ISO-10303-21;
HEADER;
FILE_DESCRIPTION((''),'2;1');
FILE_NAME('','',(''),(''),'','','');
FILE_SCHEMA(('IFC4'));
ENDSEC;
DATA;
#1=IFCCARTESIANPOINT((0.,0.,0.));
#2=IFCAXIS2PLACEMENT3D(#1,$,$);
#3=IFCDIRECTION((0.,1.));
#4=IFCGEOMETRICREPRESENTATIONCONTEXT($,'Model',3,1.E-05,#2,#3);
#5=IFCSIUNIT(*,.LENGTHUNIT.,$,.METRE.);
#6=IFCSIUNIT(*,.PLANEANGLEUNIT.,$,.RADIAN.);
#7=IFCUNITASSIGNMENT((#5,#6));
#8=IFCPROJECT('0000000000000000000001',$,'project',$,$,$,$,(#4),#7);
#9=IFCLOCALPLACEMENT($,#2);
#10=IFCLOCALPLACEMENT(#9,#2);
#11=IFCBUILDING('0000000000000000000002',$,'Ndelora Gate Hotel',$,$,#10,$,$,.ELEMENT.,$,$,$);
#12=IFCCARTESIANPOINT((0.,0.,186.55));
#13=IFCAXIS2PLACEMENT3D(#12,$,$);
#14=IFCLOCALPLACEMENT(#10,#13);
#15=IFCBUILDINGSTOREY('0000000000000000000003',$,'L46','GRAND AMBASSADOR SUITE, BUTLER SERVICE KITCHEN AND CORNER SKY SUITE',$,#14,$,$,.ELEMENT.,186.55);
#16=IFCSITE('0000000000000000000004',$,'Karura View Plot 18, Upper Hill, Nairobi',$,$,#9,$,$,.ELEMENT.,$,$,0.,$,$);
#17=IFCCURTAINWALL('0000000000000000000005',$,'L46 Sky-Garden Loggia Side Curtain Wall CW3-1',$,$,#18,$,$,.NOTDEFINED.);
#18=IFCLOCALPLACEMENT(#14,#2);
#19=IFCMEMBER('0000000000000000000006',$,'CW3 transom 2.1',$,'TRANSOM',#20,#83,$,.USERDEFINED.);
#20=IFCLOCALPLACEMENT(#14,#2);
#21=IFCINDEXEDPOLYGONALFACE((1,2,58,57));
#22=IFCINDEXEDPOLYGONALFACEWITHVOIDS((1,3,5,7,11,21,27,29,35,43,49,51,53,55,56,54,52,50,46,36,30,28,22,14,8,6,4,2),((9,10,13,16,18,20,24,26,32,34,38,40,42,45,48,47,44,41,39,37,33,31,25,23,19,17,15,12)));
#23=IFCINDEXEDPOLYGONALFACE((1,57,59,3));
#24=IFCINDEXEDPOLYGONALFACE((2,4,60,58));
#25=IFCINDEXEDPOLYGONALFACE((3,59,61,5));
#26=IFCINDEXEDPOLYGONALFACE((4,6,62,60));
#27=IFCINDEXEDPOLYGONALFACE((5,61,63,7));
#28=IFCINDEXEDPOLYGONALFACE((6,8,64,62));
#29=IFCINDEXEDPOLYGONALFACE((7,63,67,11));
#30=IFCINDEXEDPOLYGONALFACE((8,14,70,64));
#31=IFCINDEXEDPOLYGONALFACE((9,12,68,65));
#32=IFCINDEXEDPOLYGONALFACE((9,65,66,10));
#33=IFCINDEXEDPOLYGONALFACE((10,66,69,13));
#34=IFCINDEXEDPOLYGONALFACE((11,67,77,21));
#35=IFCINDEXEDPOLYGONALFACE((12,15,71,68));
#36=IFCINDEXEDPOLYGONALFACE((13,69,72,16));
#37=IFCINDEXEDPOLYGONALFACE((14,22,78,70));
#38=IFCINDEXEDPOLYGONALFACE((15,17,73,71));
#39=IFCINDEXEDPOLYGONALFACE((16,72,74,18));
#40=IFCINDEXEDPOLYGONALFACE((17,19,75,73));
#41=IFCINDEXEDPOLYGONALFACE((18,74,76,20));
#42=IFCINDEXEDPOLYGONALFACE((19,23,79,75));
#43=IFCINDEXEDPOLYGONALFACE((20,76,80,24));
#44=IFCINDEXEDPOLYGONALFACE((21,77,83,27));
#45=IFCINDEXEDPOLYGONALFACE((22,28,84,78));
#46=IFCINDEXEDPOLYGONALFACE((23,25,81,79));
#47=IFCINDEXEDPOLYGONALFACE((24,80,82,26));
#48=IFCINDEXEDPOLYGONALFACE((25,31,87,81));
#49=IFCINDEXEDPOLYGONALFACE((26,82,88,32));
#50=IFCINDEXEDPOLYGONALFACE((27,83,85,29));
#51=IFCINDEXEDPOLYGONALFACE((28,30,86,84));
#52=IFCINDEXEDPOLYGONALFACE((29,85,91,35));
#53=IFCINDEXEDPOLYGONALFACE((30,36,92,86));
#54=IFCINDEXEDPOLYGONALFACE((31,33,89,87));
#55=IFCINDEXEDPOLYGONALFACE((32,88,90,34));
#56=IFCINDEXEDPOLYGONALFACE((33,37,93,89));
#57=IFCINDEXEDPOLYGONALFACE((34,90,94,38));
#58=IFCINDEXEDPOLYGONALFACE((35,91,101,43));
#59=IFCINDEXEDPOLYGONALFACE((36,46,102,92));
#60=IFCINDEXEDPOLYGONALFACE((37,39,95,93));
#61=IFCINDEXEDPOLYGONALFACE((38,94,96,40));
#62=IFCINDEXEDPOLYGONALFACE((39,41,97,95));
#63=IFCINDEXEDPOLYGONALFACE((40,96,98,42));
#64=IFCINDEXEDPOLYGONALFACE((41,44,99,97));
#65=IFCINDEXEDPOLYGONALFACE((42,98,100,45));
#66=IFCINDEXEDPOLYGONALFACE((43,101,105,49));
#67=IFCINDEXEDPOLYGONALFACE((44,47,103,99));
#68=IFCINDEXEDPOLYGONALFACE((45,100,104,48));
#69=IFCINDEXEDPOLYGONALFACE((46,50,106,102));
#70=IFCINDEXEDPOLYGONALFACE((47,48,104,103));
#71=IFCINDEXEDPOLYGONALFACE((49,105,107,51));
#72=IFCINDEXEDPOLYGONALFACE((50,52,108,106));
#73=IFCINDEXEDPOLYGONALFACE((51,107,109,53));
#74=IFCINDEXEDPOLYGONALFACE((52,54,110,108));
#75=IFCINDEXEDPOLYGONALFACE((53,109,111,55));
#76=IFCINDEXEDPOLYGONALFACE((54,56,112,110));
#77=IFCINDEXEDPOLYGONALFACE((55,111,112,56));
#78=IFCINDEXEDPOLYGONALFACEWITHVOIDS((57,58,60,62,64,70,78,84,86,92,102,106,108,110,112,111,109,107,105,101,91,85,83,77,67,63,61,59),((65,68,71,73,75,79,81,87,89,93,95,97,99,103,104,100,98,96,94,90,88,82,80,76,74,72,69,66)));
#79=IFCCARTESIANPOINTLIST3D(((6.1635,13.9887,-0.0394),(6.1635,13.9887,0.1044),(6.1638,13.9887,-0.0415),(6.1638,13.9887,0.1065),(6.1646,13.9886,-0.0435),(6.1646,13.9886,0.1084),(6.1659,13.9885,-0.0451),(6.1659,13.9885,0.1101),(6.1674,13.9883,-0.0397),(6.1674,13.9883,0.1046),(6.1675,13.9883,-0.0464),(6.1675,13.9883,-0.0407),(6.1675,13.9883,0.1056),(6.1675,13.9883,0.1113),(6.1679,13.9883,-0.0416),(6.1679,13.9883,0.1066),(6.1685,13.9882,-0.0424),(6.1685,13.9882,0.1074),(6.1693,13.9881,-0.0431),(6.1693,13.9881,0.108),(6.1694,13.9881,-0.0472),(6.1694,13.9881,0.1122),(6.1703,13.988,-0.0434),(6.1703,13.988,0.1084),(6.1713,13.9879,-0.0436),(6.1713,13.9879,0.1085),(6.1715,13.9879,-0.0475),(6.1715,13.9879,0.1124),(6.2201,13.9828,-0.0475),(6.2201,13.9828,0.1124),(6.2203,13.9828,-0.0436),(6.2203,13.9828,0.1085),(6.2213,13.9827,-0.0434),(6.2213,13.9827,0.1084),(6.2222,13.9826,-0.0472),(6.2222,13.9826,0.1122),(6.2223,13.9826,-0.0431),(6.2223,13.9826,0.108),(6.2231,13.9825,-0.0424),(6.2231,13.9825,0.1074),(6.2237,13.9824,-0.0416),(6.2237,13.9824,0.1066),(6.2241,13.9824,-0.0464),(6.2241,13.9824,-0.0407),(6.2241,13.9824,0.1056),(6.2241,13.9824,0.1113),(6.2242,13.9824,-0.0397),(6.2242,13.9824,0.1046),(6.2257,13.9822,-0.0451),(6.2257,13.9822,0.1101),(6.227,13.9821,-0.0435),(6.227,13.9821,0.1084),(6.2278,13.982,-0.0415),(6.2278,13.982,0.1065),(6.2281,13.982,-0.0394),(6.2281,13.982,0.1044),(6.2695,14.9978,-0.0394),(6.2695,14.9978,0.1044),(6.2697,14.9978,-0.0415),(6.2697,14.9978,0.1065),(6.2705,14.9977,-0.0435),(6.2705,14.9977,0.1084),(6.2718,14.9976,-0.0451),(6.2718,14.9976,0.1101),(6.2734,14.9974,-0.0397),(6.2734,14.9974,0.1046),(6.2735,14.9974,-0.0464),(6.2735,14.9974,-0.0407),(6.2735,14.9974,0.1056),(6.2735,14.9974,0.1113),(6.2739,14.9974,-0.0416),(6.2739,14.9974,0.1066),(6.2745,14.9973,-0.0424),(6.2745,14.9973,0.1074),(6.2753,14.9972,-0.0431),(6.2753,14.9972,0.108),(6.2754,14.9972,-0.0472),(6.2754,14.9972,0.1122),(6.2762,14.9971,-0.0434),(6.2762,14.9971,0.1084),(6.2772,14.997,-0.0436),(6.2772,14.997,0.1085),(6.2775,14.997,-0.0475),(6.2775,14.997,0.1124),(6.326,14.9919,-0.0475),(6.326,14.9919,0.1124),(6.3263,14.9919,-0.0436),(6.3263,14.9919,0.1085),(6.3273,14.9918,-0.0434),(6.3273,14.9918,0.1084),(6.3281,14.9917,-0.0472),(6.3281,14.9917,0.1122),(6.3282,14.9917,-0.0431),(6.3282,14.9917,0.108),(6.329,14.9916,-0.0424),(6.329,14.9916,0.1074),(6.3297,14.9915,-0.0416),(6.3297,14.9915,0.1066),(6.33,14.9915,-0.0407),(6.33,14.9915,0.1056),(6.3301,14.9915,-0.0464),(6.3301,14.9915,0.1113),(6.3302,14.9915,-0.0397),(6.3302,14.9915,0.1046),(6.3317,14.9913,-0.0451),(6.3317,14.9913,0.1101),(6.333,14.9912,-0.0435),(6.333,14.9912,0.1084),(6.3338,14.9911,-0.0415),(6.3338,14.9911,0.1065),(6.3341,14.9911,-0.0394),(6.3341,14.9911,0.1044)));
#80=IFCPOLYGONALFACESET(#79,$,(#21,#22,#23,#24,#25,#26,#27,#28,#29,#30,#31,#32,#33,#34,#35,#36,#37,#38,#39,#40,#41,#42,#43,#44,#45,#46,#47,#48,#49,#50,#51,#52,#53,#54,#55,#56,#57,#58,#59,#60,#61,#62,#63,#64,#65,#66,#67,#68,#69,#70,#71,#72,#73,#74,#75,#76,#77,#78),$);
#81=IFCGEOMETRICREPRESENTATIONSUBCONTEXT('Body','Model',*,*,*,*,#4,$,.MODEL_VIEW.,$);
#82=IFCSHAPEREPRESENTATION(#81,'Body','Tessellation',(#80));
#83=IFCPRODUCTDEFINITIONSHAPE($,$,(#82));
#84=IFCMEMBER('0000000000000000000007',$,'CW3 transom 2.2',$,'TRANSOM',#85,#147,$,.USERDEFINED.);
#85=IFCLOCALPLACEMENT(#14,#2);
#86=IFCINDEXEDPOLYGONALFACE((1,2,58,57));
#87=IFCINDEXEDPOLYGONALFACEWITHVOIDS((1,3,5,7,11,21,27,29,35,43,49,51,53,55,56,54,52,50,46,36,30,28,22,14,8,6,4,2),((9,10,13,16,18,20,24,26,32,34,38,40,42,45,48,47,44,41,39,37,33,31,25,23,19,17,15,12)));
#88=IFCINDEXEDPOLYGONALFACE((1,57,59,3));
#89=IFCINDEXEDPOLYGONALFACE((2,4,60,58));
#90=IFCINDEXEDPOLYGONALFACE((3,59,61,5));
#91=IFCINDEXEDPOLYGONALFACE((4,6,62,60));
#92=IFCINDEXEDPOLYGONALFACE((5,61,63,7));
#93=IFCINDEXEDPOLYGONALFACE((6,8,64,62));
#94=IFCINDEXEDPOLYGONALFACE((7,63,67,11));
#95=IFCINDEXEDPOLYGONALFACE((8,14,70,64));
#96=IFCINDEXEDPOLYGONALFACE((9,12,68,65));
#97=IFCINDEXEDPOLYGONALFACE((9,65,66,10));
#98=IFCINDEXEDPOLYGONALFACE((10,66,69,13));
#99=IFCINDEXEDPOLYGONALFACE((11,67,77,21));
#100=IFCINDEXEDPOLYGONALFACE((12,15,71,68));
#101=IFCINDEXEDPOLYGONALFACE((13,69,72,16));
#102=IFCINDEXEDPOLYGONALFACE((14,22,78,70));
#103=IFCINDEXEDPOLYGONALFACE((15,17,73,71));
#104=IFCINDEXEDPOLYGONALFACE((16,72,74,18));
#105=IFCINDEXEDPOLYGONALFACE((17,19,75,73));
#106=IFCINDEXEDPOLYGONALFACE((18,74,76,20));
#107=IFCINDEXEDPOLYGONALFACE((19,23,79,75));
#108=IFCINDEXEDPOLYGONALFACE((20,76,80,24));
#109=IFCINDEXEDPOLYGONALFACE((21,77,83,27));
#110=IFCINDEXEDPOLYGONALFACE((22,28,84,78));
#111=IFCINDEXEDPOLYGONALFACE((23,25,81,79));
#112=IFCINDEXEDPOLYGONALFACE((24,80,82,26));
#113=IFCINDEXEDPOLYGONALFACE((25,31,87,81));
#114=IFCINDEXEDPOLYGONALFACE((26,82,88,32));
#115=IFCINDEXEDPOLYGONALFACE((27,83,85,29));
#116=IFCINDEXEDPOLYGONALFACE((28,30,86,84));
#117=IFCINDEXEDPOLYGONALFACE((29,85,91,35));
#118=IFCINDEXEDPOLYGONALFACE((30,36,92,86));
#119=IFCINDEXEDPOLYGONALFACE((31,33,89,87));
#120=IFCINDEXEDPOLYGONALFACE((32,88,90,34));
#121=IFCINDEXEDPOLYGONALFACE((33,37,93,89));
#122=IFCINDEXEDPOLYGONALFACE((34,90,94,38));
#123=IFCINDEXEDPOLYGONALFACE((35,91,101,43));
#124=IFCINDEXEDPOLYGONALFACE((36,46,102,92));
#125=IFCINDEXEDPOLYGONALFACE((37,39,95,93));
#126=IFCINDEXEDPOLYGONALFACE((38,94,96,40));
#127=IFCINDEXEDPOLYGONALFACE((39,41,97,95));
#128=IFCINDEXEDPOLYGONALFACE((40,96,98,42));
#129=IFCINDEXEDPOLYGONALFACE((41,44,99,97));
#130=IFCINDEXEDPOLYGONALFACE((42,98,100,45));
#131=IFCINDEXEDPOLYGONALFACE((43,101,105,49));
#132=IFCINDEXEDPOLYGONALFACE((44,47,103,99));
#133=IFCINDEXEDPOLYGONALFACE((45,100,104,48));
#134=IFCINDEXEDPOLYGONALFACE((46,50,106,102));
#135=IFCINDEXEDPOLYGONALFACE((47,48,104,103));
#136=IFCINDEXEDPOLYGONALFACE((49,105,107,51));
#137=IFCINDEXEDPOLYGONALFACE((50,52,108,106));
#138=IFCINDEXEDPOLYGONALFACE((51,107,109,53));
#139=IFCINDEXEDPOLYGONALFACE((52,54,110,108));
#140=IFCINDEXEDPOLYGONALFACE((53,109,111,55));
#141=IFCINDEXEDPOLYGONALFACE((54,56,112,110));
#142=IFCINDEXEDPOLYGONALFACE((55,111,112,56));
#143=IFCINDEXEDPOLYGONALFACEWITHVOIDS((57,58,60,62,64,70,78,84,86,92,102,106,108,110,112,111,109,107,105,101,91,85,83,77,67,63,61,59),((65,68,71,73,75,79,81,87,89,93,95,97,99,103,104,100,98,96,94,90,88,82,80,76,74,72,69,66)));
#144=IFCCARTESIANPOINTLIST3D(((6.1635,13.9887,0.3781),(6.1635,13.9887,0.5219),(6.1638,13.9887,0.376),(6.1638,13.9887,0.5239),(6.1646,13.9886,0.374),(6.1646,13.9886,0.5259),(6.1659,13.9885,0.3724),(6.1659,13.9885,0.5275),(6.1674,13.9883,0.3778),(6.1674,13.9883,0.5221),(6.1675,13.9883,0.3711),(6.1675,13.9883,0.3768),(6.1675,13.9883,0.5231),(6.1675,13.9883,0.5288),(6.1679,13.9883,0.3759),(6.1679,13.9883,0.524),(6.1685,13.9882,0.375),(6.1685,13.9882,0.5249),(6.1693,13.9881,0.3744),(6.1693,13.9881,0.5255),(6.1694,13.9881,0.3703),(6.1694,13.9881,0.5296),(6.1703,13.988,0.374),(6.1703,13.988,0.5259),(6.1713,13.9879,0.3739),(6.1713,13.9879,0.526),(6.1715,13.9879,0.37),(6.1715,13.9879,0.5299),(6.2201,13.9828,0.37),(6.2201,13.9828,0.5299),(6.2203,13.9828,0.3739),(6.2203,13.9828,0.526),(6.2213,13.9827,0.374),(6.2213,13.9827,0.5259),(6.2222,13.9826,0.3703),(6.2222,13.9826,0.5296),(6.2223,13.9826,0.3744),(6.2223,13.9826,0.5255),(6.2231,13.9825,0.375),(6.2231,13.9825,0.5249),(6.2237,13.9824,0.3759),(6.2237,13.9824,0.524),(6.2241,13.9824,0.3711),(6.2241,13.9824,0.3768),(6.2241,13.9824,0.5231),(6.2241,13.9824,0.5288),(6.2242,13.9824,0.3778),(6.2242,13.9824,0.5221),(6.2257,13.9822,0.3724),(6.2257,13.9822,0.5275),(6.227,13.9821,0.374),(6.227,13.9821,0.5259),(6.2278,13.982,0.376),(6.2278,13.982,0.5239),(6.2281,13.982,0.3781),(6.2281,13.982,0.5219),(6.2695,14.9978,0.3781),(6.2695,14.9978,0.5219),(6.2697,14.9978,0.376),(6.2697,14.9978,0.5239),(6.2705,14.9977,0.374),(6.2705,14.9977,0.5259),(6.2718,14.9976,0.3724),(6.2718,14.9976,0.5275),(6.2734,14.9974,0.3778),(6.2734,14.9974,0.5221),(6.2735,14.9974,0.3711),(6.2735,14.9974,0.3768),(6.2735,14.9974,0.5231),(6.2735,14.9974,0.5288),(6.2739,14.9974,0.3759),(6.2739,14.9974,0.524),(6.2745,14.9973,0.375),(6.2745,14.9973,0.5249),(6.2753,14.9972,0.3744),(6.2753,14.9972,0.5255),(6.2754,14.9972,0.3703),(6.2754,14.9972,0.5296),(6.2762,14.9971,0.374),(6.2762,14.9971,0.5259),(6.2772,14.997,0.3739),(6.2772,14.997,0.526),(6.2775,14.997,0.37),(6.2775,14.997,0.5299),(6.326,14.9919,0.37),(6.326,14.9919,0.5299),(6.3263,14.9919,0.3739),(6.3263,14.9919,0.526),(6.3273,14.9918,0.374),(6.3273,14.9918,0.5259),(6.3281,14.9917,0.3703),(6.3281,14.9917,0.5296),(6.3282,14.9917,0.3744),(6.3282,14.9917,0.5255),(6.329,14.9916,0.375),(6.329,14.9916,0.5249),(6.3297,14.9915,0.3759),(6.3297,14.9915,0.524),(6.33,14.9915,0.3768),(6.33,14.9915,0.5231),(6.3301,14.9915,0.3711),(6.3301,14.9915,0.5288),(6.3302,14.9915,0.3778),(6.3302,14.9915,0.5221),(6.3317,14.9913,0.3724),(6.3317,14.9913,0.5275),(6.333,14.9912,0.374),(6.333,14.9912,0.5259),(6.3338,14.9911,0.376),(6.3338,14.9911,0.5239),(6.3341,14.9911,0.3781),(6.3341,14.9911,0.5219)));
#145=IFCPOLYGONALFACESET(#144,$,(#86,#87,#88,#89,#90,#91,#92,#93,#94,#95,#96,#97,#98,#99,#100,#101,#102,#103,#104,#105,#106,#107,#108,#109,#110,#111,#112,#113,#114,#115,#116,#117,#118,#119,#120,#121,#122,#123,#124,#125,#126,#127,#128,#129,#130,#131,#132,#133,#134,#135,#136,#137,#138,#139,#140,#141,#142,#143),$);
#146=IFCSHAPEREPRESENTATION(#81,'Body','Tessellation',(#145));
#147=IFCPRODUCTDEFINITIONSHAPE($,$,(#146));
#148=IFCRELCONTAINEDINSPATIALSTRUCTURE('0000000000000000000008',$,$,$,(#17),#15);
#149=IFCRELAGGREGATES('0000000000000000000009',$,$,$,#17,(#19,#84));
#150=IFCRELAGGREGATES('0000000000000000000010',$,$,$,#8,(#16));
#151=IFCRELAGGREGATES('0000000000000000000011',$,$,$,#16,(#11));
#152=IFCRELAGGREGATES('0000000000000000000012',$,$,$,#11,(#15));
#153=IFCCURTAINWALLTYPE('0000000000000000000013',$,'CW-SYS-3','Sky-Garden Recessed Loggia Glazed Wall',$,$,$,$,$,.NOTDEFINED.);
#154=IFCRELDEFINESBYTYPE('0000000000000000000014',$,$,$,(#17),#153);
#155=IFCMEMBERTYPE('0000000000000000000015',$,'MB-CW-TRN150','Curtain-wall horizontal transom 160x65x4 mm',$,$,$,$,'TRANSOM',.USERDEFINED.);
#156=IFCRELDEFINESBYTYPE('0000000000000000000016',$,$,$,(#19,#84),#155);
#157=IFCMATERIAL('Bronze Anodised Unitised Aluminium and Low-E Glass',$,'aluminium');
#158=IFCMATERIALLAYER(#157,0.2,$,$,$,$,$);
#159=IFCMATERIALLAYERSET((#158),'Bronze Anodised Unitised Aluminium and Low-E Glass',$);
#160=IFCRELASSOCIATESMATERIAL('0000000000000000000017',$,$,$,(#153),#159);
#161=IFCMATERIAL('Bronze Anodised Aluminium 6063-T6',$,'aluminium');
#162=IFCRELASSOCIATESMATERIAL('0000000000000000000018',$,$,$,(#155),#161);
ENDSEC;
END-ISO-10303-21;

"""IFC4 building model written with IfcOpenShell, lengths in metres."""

from ifc_helpers import new_model, si_unit, direction, frame, origin, origin_2d, place, context, subcontext, project, spatial, hollow_rectangle, extrude, material, layer, layer_set, material_profile, profile_set, type_object, element, aggregate, save


model = new_model("IFC4")

# Units and contexts
model_context = context("Model", 3, precision=1e-05, world=origin(), true_north=direction((0.0, 1.0)))
body_context = subcontext(model_context, "Body", "Model", "MODEL_VIEW")
ifc_project = project(units=[si_unit("LENGTHUNIT", "METRE"), si_unit("PLANEANGLEUNIT", "RADIAN")], contexts=[model_context])

# Site, building, storey
site_placement = place(None, origin())
site = spatial("IfcSite", under=ifc_project, at=site_placement, Name="Karura View Plot 18, Upper Hill, Nairobi", CompositionType="ELEMENT", RefElevation=0.0)
building_placement = place(site_placement, origin())
building = spatial("IfcBuilding", under=site, at=building_placement, Name="Ndelora Gate Hotel", CompositionType="ELEMENT")
storey_placement = place(building_placement, frame((0.0, 0.0, 186.55)))
storey = spatial("IfcBuildingStorey", under=building, at=storey_placement, Name="L46", Description="GRAND AMBASSADOR SUITE, BUTLER SERVICE KITCHEN AND CORNER SKY SUITE", CompositionType="ELEMENT", Elevation=186.55)

# Curtain wall, members
ifc_material_1 = material(Name="Bronze Anodised Unitised Aluminium and Low-E Glass", Category="aluminium")
ifc_layer_1 = layer(ifc_material_1, 0.2)
ifc_layer_set_1 = layer_set([ifc_layer_1], Name="Bronze Anodised Unitised Aluminium and Low-E Glass")
curtain_wall_type = type_object("IfcCurtainWallType", Name="CW-SYS-3", Description="Sky-Garden Recessed Loggia Glazed Wall", PredefinedType="NOTDEFINED", material=ifc_layer_set_1)
curtain_wall_placement = place(storey_placement, origin())
curtain_wall = element("IfcCurtainWall", 1, at=curtain_wall_placement, inside=storey, type_object=curtain_wall_type, Name="L46 Sky-Garden Loggia Side Curtain Wall CW3-1", PredefinedType="NOTDEFINED")
ifc_material_2 = material(Name="Bronze Anodised Aluminium 6063-T6", Category="aluminium")
ifc_material_profile_1 = material_profile(ifc_material_2, hollow_rectangle(XDim=0.0649, YDim=0.1599, WallThickness=0.0039, InnerFilletRadius=0.0039, OuterFilletRadius=0.0081, at=origin_2d()), Name="ALU 160x65x4")
ifc_profile_set_1 = profile_set([ifc_material_profile_1], Name="Bronze Anodised Aluminium 6063-T6")
member_type_1 = type_object("IfcMemberType", Name="MB-CW-TRN150", Description="Curtain-wall horizontal transom 160x65x4 mm", ElementType="TRANSOM", PredefinedType="USERDEFINED", material=ifc_profile_set_1)
member_1_placement = place(storey_placement, frame((6.1958, 13.9854, 0.0325), z_axis=(0.104434, 0.994532, 0.0), x_axis=(-0.994532, 0.104434, 0.0)))
member_1 = element("IfcMember", 2, at=member_1_placement, type_object=member_type_1, Name="CW3 transom 2.1", ObjectType="TRANSOM", PredefinedType="USERDEFINED", context=body_context, shape_type="SweptSolid", body=[
    extrude(hollow_rectangle(XDim=0.0649, YDim=0.1599, WallThickness=0.0039, InnerFilletRadius=0.0039, OuterFilletRadius=0.0081, at=origin_2d()), origin(), (0.0, 0.0, 1.0), 1.0146),
])
member_2_placement = place(storey_placement, frame((6.1958, 13.9854, 0.45), z_axis=(0.104434, 0.994532, 0.0), x_axis=(-0.994532, 0.104434, 0.0)))
member_2 = element("IfcMember", 3, at=member_2_placement, type_object=member_type_1, Name="CW3 transom 2.2", ObjectType="TRANSOM", PredefinedType="USERDEFINED", context=body_context, shape_type="SweptSolid", body=[
    extrude(hollow_rectangle(XDim=0.0649, YDim=0.1599, WallThickness=0.0039, InnerFilletRadius=0.0039, OuterFilletRadius=0.0081, at=origin_2d()), origin(), (0.0, 0.0, 1.0), 1.0146),
])
aggregate(curtain_wall, [member_1, member_2])

save(model, "model.ifc")
